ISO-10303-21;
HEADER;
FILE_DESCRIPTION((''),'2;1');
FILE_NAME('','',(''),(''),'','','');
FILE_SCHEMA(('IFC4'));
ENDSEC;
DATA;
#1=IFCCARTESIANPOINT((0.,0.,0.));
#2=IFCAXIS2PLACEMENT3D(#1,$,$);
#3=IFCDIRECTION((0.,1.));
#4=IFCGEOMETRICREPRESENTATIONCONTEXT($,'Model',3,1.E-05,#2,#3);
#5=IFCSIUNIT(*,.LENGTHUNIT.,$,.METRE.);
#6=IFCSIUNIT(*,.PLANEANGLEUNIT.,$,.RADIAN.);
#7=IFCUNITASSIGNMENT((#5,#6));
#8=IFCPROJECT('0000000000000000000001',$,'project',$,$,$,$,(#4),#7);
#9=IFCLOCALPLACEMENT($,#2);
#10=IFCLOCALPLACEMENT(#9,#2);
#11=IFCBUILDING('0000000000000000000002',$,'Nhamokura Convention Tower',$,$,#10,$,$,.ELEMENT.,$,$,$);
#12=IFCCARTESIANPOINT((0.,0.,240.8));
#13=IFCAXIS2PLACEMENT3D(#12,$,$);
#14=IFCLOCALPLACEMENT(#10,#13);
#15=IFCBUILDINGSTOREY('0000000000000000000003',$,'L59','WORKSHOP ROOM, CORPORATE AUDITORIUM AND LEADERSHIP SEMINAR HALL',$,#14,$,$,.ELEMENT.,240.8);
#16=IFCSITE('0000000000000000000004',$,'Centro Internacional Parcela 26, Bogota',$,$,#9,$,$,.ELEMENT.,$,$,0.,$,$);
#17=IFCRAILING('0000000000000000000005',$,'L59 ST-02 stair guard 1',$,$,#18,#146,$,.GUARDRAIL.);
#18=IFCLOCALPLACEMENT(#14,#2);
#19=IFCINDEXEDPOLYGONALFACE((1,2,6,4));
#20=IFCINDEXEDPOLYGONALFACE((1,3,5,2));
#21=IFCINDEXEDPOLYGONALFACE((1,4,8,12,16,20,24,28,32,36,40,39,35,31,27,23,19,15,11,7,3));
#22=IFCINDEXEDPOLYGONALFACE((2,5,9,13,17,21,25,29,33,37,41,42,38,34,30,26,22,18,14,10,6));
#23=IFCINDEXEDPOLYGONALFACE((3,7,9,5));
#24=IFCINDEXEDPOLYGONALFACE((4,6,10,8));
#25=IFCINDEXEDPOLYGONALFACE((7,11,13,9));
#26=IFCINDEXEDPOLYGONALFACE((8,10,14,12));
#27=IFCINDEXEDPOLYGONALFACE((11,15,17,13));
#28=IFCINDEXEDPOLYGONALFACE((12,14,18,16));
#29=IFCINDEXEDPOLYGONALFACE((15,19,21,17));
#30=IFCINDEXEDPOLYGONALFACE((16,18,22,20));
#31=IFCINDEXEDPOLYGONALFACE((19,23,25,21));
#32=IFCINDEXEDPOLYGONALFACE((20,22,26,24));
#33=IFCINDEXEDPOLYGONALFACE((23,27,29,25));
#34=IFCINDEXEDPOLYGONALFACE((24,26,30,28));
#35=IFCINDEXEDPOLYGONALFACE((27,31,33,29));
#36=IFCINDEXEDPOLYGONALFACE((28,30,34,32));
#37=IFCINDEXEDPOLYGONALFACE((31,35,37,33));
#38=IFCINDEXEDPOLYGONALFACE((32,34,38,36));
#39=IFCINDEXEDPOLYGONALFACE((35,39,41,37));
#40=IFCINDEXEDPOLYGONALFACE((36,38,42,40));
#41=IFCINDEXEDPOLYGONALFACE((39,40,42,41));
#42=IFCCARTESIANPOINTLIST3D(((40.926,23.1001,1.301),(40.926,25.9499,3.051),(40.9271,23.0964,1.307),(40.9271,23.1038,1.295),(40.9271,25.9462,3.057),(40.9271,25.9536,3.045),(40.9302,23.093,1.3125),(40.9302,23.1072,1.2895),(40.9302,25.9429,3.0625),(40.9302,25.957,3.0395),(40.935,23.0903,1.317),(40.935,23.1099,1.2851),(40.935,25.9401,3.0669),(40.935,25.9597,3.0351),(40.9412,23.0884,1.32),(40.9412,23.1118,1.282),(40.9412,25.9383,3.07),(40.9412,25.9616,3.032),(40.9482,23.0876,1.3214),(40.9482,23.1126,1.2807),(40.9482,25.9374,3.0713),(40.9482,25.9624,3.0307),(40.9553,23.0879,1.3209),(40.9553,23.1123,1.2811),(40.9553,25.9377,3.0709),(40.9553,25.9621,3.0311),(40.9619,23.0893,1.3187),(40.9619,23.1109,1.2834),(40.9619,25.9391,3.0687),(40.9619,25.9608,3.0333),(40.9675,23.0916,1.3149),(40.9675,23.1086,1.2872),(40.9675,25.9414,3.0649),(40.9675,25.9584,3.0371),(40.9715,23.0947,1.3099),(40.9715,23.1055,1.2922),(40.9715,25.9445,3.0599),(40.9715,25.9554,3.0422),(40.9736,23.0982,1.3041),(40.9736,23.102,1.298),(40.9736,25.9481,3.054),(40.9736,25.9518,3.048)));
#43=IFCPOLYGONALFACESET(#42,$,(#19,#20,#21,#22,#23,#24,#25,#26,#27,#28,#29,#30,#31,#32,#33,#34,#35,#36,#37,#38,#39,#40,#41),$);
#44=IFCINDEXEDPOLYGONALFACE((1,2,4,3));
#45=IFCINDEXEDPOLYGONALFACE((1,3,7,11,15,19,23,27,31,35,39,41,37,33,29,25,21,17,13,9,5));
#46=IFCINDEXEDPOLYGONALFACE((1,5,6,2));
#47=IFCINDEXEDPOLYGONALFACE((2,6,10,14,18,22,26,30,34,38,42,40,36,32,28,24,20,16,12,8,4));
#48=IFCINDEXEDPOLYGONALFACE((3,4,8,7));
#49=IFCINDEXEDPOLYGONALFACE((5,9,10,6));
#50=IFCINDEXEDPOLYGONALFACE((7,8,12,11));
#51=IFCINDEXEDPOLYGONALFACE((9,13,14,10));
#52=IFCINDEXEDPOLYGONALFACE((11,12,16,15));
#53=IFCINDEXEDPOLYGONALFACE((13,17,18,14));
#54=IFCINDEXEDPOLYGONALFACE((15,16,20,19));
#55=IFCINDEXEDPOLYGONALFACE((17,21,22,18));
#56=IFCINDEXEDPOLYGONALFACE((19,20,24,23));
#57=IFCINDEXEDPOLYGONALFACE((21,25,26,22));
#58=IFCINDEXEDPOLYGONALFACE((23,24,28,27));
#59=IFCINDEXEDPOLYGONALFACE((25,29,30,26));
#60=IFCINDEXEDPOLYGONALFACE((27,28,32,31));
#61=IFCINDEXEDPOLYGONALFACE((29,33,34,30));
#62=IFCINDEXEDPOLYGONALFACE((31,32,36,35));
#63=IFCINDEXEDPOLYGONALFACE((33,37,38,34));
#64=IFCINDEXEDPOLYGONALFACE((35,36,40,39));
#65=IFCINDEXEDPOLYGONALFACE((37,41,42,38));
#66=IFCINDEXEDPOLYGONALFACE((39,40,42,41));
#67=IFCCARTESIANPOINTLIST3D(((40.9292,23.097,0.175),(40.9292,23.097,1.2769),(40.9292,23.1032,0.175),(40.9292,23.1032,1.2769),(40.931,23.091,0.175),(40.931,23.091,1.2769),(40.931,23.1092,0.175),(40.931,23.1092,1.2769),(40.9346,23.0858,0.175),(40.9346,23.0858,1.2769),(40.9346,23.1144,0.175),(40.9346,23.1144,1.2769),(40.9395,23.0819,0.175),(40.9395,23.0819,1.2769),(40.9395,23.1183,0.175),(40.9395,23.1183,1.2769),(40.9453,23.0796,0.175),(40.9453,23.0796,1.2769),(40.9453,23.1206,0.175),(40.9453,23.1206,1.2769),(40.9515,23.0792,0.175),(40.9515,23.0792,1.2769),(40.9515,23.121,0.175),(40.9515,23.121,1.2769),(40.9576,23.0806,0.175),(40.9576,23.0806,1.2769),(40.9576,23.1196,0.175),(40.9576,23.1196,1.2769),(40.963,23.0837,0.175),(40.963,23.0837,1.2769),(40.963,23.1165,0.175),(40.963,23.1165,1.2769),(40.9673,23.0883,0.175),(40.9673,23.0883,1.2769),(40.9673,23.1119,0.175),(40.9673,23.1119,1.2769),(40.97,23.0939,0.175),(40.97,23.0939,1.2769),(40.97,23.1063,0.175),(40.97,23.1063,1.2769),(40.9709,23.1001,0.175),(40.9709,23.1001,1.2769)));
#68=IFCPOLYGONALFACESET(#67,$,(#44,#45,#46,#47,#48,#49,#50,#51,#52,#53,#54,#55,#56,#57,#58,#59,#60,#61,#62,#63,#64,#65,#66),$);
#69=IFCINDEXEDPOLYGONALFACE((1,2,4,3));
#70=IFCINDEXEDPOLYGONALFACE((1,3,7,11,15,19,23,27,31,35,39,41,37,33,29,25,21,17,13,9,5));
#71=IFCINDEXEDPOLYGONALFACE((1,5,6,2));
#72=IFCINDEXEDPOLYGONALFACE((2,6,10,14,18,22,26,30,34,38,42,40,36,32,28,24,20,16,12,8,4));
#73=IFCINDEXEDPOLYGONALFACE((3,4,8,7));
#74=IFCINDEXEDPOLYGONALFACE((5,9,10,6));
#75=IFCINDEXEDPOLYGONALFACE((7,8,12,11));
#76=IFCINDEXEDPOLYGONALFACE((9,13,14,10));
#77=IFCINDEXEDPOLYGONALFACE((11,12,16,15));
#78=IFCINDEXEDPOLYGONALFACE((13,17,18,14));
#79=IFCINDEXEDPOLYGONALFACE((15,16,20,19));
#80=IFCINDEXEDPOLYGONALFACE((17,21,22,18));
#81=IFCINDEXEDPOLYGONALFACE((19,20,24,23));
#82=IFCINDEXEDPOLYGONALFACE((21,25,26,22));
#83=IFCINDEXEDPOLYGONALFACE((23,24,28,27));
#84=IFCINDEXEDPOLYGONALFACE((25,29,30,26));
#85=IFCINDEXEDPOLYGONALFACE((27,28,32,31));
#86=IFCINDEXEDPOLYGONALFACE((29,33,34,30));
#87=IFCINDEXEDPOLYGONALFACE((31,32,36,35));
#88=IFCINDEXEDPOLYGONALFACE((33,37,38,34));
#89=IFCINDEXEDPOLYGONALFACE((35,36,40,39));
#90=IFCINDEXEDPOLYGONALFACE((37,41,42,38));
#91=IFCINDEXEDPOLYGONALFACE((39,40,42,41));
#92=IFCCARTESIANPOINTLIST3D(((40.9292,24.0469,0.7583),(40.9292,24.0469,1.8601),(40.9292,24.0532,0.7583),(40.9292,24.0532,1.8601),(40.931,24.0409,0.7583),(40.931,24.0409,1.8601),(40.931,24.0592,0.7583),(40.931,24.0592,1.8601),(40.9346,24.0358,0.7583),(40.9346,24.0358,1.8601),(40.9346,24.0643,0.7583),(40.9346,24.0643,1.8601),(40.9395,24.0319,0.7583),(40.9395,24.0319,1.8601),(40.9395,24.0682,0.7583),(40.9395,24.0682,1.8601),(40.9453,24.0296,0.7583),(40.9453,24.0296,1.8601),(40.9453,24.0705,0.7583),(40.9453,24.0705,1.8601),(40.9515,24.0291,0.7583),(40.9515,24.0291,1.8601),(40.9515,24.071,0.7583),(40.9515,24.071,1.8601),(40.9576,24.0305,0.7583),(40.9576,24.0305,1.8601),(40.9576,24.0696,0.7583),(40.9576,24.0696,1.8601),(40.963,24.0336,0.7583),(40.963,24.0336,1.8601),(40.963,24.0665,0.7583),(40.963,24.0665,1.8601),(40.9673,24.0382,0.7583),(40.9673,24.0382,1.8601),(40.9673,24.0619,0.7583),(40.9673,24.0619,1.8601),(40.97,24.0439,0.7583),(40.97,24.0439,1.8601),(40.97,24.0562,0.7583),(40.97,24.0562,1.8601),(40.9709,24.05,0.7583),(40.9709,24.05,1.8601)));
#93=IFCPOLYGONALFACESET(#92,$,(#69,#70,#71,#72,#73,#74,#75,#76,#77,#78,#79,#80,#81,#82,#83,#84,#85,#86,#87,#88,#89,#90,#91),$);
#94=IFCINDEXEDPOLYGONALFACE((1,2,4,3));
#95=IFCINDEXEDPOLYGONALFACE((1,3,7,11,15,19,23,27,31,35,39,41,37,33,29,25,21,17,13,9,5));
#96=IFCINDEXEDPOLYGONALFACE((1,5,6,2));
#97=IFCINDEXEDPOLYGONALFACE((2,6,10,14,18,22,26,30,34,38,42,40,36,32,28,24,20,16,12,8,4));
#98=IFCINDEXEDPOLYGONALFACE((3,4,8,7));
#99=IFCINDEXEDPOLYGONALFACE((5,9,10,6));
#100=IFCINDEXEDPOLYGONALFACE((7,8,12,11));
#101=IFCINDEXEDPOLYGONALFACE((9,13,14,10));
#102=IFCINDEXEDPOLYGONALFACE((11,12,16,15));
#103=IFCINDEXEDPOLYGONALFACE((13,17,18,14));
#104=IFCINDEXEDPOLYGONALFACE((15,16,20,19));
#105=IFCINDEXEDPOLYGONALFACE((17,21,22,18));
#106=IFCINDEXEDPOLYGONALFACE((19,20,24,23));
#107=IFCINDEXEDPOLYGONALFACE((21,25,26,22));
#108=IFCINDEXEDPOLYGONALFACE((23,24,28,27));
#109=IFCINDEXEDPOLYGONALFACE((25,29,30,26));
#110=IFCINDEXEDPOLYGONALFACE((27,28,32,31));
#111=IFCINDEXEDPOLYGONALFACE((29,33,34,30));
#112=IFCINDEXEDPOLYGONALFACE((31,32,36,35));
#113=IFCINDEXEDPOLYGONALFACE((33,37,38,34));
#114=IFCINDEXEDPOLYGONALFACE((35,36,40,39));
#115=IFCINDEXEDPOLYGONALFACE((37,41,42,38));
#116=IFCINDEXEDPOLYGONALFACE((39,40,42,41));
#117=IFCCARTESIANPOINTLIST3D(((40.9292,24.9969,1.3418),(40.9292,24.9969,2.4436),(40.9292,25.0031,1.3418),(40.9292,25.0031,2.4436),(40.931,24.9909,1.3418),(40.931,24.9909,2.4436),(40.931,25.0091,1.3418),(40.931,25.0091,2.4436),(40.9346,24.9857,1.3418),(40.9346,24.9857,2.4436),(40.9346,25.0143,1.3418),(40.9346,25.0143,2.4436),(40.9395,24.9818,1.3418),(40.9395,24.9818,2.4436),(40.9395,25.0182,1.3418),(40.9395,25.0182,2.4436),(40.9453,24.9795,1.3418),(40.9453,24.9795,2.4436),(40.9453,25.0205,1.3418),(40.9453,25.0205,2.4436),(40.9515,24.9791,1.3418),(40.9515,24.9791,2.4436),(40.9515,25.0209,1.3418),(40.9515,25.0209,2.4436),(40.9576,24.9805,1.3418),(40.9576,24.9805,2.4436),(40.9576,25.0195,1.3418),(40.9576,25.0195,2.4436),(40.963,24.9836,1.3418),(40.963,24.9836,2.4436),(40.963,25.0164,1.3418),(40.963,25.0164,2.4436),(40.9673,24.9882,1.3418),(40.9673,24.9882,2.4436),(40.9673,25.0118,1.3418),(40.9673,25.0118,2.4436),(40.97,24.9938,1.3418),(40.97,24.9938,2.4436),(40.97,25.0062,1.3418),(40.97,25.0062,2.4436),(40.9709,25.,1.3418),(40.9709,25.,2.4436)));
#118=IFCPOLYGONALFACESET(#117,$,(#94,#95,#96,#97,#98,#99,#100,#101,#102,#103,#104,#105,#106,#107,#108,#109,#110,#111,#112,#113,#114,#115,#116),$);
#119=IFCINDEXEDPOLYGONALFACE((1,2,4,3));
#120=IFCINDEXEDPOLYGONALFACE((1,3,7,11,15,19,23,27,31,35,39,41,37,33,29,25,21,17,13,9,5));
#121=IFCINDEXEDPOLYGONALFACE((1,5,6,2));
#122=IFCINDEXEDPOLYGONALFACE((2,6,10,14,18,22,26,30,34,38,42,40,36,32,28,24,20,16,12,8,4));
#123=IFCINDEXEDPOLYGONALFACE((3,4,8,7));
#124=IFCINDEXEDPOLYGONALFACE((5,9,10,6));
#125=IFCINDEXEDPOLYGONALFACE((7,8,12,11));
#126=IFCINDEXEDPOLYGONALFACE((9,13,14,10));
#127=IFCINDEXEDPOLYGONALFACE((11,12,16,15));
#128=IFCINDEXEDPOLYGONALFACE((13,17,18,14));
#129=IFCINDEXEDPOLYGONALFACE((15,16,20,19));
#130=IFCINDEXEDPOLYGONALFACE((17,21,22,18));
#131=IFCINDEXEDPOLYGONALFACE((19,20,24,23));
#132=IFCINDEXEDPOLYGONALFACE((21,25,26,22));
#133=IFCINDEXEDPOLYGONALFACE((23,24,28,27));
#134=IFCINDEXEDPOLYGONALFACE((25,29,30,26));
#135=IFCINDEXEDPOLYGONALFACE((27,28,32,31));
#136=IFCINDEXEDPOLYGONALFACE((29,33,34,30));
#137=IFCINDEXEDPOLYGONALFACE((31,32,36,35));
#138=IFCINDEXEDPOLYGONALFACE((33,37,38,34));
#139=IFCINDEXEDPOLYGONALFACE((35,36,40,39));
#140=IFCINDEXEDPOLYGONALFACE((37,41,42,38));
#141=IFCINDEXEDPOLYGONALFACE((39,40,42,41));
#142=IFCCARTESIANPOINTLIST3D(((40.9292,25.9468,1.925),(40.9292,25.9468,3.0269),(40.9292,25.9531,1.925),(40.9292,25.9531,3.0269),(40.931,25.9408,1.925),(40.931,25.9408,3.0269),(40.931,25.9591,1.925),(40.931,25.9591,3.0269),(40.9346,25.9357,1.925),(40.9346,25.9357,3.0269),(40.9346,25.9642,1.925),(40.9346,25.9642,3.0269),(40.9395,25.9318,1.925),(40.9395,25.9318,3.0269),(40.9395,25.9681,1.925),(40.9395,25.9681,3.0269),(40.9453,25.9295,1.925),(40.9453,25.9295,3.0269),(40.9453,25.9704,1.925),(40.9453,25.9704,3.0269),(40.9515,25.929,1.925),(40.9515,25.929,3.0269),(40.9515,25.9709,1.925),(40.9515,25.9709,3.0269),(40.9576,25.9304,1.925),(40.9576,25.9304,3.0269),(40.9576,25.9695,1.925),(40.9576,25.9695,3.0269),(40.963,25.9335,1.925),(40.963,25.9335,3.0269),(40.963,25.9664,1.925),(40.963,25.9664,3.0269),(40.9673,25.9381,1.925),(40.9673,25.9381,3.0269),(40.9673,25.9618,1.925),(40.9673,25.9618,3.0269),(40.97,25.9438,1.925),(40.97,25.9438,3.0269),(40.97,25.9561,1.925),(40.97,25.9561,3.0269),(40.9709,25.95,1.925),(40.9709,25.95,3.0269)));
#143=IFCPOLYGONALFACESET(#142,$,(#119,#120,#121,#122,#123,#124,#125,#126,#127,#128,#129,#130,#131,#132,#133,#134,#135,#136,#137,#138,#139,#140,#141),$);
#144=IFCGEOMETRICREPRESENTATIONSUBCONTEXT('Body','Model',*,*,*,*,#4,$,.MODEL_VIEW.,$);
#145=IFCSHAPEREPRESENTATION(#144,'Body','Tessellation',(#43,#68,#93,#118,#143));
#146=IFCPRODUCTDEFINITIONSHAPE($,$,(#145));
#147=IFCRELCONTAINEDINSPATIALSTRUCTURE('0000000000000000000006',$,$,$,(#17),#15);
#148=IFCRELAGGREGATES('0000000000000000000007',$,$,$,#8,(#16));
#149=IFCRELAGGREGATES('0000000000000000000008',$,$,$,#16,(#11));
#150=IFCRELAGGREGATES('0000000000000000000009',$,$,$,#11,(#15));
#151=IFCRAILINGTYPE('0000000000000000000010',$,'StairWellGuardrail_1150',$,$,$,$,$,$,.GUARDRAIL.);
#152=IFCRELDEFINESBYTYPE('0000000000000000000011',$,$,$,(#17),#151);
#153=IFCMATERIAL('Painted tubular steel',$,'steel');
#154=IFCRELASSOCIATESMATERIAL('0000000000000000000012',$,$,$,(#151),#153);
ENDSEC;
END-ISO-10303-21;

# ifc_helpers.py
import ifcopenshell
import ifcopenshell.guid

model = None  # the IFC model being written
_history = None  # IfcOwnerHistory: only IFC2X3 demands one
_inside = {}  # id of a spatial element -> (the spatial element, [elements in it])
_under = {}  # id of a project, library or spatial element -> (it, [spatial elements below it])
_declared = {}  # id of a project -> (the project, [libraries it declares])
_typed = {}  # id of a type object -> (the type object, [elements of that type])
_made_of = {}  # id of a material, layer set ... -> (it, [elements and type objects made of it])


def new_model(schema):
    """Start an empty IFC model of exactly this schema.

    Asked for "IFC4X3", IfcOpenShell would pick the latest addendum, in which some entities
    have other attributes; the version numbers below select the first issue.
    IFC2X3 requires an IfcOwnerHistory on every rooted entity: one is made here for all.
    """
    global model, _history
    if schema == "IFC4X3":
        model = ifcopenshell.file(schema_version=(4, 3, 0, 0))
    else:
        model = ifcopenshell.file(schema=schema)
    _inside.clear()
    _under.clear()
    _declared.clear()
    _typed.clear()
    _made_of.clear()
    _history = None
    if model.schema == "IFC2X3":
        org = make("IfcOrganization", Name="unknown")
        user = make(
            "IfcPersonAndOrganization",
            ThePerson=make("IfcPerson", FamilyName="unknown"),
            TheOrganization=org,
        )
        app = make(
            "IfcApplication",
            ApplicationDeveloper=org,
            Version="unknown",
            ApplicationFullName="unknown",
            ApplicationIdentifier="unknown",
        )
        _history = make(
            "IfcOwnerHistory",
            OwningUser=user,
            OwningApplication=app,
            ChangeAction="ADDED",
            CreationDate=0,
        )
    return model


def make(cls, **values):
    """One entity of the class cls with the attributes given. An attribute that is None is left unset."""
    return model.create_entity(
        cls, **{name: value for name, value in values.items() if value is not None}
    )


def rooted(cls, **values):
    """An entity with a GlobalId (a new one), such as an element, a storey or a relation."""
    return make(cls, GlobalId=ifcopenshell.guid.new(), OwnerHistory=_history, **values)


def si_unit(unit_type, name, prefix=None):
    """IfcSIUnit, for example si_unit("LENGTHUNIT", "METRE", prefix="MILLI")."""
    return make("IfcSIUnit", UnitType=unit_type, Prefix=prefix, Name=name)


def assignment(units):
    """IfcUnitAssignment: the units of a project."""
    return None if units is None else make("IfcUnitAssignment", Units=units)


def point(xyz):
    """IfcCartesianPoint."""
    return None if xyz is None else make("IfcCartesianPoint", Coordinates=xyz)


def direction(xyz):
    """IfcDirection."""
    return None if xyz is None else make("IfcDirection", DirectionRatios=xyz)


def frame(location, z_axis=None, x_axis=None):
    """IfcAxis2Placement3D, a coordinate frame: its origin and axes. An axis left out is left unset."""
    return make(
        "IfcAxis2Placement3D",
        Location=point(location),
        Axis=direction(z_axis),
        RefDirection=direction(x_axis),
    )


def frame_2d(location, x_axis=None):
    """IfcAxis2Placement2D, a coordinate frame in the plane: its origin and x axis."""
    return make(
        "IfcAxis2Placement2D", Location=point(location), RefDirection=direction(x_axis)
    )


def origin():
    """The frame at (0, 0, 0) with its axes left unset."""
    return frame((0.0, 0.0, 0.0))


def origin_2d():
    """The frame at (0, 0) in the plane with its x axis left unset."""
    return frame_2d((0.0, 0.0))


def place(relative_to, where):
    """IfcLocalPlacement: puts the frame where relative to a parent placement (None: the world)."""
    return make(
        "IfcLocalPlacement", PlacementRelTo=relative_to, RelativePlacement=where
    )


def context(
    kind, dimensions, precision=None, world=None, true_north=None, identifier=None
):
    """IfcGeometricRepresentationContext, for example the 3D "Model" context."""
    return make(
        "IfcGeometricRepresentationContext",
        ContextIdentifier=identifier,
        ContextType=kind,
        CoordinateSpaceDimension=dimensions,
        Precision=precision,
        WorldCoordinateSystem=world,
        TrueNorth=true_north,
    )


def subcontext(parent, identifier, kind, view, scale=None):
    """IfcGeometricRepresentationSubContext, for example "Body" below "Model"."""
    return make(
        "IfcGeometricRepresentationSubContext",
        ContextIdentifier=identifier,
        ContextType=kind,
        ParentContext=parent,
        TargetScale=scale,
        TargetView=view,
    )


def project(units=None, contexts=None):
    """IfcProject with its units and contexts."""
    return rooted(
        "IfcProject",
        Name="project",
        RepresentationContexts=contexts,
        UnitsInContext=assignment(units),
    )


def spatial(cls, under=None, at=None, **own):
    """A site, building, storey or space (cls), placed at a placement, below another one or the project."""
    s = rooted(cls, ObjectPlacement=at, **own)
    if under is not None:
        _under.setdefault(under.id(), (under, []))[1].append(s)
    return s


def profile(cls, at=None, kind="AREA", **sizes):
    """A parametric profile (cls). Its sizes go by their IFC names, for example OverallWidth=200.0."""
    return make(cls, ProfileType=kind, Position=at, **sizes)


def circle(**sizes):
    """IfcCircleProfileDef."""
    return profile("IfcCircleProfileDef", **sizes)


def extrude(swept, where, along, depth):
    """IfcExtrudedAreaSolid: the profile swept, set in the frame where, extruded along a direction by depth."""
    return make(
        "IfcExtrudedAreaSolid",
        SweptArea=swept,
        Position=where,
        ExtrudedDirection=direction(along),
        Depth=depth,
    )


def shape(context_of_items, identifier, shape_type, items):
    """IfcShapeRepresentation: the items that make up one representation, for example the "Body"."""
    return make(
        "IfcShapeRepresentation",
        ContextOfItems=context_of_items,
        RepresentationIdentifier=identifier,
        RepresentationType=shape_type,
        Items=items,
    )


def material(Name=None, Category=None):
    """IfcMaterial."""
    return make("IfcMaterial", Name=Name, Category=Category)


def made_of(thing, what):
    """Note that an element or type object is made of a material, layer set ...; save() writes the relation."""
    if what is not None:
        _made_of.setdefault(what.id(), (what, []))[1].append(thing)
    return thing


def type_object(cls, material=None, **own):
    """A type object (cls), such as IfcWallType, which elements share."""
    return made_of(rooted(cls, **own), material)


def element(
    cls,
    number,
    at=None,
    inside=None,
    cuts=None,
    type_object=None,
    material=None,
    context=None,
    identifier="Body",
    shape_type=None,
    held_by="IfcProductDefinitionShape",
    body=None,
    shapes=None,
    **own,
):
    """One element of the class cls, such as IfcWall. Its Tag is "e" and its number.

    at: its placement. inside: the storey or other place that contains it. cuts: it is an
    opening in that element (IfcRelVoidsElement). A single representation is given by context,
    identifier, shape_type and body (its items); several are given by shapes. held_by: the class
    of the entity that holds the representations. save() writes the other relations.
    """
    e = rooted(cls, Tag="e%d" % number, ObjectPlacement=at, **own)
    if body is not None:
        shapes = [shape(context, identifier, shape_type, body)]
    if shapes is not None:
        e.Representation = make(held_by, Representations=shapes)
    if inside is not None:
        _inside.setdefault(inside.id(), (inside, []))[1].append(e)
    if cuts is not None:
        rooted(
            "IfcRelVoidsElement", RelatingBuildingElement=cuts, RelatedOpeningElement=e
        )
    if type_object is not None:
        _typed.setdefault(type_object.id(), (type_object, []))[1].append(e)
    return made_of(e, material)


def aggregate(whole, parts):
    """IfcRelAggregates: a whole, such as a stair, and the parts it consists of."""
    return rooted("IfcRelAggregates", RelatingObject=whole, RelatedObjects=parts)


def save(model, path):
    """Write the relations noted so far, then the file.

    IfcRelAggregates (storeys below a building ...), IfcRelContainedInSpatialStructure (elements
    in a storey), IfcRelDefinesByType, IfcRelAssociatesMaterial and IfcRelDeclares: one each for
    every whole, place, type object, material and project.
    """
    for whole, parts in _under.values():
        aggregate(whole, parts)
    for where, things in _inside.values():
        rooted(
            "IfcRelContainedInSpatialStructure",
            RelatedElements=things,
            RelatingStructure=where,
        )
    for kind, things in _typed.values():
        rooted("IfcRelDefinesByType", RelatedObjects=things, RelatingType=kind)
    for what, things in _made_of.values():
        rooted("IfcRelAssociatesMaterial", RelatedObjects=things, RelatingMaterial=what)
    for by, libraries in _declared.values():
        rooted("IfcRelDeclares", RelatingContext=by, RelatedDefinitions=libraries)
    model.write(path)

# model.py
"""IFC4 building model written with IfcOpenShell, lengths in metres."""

from ifc_helpers import new_model, si_unit, direction, frame, origin, origin_2d, place, context, subcontext, project, spatial, circle, extrude, material, type_object, element, save


model = new_model("IFC4")

# Units and contexts
model_context = context("Model", 3, precision=1e-05, world=origin(), true_north=direction((0.0, 1.0)))
body_context = subcontext(model_context, "Body", "Model", "MODEL_VIEW")
ifc_project = project(units=[si_unit("LENGTHUNIT", "METRE"), si_unit("PLANEANGLEUNIT", "RADIAN")], contexts=[model_context])

# Site, building, storey
site_placement = place(None, origin())
site = spatial("IfcSite", under=ifc_project, at=site_placement, Name="Centro Internacional Parcela 26, Bogota", CompositionType="ELEMENT", RefElevation=0.0)
building_placement = place(site_placement, origin())
building = spatial("IfcBuilding", under=site, at=building_placement, Name="Nhamokura Convention Tower", CompositionType="ELEMENT")
storey_placement = place(building_placement, frame((0.0, 0.0, 240.8)))
storey = spatial("IfcBuildingStorey", under=building, at=storey_placement, Name="L59", Description="WORKSHOP ROOM, CORPORATE AUDITORIUM AND LEADERSHIP SEMINAR HALL", CompositionType="ELEMENT", Elevation=240.8)

# Railing
ifc_material_1 = material(Name="Painted tubular steel", Category="steel")
railing_type_1 = type_object("IfcRailingType", Name="StairWellGuardrail_1150", PredefinedType="GUARDRAIL", material=ifc_material_1)
railing_1_placement = place(storey_placement, frame((40.95, 23.1001, 0.175)))
element("IfcRailing", 1, at=railing_1_placement, inside=storey, type_object=railing_type_1, Name="L59 ST-02 stair guard 1", PredefinedType="GUARDRAIL", context=body_context, shape_type="SweptSolid", body=[
    extrude(circle(Radius=0.0239, at=origin_2d()), frame((0.0, 0.0, 1.126), z_axis=(0.0, 0.852159, 0.523283), x_axis=(-1.0, 0.0, 0.0)), (0.0, 0.0, 1.0), 3.3442),
    extrude(circle(Radius=0.021, at=origin_2d()), origin(), (0.0, 0.0, 1.0), 1.1018),
    extrude(circle(Radius=0.021, at=origin_2d()), frame((0.0, 0.95, 0.5833)), (0.0, 0.0, 1.0), 1.1018),
    extrude(circle(Radius=0.021, at=origin_2d()), frame((0.0, 1.8999, 1.1667)), (0.0, 0.0, 1.0), 1.1018),
    extrude(circle(Radius=0.021, at=origin_2d()), frame((0.0, 2.8499, 1.75)), (0.0, 0.0, 1.0), 1.1018),
])

save(model, "model.ifc")
